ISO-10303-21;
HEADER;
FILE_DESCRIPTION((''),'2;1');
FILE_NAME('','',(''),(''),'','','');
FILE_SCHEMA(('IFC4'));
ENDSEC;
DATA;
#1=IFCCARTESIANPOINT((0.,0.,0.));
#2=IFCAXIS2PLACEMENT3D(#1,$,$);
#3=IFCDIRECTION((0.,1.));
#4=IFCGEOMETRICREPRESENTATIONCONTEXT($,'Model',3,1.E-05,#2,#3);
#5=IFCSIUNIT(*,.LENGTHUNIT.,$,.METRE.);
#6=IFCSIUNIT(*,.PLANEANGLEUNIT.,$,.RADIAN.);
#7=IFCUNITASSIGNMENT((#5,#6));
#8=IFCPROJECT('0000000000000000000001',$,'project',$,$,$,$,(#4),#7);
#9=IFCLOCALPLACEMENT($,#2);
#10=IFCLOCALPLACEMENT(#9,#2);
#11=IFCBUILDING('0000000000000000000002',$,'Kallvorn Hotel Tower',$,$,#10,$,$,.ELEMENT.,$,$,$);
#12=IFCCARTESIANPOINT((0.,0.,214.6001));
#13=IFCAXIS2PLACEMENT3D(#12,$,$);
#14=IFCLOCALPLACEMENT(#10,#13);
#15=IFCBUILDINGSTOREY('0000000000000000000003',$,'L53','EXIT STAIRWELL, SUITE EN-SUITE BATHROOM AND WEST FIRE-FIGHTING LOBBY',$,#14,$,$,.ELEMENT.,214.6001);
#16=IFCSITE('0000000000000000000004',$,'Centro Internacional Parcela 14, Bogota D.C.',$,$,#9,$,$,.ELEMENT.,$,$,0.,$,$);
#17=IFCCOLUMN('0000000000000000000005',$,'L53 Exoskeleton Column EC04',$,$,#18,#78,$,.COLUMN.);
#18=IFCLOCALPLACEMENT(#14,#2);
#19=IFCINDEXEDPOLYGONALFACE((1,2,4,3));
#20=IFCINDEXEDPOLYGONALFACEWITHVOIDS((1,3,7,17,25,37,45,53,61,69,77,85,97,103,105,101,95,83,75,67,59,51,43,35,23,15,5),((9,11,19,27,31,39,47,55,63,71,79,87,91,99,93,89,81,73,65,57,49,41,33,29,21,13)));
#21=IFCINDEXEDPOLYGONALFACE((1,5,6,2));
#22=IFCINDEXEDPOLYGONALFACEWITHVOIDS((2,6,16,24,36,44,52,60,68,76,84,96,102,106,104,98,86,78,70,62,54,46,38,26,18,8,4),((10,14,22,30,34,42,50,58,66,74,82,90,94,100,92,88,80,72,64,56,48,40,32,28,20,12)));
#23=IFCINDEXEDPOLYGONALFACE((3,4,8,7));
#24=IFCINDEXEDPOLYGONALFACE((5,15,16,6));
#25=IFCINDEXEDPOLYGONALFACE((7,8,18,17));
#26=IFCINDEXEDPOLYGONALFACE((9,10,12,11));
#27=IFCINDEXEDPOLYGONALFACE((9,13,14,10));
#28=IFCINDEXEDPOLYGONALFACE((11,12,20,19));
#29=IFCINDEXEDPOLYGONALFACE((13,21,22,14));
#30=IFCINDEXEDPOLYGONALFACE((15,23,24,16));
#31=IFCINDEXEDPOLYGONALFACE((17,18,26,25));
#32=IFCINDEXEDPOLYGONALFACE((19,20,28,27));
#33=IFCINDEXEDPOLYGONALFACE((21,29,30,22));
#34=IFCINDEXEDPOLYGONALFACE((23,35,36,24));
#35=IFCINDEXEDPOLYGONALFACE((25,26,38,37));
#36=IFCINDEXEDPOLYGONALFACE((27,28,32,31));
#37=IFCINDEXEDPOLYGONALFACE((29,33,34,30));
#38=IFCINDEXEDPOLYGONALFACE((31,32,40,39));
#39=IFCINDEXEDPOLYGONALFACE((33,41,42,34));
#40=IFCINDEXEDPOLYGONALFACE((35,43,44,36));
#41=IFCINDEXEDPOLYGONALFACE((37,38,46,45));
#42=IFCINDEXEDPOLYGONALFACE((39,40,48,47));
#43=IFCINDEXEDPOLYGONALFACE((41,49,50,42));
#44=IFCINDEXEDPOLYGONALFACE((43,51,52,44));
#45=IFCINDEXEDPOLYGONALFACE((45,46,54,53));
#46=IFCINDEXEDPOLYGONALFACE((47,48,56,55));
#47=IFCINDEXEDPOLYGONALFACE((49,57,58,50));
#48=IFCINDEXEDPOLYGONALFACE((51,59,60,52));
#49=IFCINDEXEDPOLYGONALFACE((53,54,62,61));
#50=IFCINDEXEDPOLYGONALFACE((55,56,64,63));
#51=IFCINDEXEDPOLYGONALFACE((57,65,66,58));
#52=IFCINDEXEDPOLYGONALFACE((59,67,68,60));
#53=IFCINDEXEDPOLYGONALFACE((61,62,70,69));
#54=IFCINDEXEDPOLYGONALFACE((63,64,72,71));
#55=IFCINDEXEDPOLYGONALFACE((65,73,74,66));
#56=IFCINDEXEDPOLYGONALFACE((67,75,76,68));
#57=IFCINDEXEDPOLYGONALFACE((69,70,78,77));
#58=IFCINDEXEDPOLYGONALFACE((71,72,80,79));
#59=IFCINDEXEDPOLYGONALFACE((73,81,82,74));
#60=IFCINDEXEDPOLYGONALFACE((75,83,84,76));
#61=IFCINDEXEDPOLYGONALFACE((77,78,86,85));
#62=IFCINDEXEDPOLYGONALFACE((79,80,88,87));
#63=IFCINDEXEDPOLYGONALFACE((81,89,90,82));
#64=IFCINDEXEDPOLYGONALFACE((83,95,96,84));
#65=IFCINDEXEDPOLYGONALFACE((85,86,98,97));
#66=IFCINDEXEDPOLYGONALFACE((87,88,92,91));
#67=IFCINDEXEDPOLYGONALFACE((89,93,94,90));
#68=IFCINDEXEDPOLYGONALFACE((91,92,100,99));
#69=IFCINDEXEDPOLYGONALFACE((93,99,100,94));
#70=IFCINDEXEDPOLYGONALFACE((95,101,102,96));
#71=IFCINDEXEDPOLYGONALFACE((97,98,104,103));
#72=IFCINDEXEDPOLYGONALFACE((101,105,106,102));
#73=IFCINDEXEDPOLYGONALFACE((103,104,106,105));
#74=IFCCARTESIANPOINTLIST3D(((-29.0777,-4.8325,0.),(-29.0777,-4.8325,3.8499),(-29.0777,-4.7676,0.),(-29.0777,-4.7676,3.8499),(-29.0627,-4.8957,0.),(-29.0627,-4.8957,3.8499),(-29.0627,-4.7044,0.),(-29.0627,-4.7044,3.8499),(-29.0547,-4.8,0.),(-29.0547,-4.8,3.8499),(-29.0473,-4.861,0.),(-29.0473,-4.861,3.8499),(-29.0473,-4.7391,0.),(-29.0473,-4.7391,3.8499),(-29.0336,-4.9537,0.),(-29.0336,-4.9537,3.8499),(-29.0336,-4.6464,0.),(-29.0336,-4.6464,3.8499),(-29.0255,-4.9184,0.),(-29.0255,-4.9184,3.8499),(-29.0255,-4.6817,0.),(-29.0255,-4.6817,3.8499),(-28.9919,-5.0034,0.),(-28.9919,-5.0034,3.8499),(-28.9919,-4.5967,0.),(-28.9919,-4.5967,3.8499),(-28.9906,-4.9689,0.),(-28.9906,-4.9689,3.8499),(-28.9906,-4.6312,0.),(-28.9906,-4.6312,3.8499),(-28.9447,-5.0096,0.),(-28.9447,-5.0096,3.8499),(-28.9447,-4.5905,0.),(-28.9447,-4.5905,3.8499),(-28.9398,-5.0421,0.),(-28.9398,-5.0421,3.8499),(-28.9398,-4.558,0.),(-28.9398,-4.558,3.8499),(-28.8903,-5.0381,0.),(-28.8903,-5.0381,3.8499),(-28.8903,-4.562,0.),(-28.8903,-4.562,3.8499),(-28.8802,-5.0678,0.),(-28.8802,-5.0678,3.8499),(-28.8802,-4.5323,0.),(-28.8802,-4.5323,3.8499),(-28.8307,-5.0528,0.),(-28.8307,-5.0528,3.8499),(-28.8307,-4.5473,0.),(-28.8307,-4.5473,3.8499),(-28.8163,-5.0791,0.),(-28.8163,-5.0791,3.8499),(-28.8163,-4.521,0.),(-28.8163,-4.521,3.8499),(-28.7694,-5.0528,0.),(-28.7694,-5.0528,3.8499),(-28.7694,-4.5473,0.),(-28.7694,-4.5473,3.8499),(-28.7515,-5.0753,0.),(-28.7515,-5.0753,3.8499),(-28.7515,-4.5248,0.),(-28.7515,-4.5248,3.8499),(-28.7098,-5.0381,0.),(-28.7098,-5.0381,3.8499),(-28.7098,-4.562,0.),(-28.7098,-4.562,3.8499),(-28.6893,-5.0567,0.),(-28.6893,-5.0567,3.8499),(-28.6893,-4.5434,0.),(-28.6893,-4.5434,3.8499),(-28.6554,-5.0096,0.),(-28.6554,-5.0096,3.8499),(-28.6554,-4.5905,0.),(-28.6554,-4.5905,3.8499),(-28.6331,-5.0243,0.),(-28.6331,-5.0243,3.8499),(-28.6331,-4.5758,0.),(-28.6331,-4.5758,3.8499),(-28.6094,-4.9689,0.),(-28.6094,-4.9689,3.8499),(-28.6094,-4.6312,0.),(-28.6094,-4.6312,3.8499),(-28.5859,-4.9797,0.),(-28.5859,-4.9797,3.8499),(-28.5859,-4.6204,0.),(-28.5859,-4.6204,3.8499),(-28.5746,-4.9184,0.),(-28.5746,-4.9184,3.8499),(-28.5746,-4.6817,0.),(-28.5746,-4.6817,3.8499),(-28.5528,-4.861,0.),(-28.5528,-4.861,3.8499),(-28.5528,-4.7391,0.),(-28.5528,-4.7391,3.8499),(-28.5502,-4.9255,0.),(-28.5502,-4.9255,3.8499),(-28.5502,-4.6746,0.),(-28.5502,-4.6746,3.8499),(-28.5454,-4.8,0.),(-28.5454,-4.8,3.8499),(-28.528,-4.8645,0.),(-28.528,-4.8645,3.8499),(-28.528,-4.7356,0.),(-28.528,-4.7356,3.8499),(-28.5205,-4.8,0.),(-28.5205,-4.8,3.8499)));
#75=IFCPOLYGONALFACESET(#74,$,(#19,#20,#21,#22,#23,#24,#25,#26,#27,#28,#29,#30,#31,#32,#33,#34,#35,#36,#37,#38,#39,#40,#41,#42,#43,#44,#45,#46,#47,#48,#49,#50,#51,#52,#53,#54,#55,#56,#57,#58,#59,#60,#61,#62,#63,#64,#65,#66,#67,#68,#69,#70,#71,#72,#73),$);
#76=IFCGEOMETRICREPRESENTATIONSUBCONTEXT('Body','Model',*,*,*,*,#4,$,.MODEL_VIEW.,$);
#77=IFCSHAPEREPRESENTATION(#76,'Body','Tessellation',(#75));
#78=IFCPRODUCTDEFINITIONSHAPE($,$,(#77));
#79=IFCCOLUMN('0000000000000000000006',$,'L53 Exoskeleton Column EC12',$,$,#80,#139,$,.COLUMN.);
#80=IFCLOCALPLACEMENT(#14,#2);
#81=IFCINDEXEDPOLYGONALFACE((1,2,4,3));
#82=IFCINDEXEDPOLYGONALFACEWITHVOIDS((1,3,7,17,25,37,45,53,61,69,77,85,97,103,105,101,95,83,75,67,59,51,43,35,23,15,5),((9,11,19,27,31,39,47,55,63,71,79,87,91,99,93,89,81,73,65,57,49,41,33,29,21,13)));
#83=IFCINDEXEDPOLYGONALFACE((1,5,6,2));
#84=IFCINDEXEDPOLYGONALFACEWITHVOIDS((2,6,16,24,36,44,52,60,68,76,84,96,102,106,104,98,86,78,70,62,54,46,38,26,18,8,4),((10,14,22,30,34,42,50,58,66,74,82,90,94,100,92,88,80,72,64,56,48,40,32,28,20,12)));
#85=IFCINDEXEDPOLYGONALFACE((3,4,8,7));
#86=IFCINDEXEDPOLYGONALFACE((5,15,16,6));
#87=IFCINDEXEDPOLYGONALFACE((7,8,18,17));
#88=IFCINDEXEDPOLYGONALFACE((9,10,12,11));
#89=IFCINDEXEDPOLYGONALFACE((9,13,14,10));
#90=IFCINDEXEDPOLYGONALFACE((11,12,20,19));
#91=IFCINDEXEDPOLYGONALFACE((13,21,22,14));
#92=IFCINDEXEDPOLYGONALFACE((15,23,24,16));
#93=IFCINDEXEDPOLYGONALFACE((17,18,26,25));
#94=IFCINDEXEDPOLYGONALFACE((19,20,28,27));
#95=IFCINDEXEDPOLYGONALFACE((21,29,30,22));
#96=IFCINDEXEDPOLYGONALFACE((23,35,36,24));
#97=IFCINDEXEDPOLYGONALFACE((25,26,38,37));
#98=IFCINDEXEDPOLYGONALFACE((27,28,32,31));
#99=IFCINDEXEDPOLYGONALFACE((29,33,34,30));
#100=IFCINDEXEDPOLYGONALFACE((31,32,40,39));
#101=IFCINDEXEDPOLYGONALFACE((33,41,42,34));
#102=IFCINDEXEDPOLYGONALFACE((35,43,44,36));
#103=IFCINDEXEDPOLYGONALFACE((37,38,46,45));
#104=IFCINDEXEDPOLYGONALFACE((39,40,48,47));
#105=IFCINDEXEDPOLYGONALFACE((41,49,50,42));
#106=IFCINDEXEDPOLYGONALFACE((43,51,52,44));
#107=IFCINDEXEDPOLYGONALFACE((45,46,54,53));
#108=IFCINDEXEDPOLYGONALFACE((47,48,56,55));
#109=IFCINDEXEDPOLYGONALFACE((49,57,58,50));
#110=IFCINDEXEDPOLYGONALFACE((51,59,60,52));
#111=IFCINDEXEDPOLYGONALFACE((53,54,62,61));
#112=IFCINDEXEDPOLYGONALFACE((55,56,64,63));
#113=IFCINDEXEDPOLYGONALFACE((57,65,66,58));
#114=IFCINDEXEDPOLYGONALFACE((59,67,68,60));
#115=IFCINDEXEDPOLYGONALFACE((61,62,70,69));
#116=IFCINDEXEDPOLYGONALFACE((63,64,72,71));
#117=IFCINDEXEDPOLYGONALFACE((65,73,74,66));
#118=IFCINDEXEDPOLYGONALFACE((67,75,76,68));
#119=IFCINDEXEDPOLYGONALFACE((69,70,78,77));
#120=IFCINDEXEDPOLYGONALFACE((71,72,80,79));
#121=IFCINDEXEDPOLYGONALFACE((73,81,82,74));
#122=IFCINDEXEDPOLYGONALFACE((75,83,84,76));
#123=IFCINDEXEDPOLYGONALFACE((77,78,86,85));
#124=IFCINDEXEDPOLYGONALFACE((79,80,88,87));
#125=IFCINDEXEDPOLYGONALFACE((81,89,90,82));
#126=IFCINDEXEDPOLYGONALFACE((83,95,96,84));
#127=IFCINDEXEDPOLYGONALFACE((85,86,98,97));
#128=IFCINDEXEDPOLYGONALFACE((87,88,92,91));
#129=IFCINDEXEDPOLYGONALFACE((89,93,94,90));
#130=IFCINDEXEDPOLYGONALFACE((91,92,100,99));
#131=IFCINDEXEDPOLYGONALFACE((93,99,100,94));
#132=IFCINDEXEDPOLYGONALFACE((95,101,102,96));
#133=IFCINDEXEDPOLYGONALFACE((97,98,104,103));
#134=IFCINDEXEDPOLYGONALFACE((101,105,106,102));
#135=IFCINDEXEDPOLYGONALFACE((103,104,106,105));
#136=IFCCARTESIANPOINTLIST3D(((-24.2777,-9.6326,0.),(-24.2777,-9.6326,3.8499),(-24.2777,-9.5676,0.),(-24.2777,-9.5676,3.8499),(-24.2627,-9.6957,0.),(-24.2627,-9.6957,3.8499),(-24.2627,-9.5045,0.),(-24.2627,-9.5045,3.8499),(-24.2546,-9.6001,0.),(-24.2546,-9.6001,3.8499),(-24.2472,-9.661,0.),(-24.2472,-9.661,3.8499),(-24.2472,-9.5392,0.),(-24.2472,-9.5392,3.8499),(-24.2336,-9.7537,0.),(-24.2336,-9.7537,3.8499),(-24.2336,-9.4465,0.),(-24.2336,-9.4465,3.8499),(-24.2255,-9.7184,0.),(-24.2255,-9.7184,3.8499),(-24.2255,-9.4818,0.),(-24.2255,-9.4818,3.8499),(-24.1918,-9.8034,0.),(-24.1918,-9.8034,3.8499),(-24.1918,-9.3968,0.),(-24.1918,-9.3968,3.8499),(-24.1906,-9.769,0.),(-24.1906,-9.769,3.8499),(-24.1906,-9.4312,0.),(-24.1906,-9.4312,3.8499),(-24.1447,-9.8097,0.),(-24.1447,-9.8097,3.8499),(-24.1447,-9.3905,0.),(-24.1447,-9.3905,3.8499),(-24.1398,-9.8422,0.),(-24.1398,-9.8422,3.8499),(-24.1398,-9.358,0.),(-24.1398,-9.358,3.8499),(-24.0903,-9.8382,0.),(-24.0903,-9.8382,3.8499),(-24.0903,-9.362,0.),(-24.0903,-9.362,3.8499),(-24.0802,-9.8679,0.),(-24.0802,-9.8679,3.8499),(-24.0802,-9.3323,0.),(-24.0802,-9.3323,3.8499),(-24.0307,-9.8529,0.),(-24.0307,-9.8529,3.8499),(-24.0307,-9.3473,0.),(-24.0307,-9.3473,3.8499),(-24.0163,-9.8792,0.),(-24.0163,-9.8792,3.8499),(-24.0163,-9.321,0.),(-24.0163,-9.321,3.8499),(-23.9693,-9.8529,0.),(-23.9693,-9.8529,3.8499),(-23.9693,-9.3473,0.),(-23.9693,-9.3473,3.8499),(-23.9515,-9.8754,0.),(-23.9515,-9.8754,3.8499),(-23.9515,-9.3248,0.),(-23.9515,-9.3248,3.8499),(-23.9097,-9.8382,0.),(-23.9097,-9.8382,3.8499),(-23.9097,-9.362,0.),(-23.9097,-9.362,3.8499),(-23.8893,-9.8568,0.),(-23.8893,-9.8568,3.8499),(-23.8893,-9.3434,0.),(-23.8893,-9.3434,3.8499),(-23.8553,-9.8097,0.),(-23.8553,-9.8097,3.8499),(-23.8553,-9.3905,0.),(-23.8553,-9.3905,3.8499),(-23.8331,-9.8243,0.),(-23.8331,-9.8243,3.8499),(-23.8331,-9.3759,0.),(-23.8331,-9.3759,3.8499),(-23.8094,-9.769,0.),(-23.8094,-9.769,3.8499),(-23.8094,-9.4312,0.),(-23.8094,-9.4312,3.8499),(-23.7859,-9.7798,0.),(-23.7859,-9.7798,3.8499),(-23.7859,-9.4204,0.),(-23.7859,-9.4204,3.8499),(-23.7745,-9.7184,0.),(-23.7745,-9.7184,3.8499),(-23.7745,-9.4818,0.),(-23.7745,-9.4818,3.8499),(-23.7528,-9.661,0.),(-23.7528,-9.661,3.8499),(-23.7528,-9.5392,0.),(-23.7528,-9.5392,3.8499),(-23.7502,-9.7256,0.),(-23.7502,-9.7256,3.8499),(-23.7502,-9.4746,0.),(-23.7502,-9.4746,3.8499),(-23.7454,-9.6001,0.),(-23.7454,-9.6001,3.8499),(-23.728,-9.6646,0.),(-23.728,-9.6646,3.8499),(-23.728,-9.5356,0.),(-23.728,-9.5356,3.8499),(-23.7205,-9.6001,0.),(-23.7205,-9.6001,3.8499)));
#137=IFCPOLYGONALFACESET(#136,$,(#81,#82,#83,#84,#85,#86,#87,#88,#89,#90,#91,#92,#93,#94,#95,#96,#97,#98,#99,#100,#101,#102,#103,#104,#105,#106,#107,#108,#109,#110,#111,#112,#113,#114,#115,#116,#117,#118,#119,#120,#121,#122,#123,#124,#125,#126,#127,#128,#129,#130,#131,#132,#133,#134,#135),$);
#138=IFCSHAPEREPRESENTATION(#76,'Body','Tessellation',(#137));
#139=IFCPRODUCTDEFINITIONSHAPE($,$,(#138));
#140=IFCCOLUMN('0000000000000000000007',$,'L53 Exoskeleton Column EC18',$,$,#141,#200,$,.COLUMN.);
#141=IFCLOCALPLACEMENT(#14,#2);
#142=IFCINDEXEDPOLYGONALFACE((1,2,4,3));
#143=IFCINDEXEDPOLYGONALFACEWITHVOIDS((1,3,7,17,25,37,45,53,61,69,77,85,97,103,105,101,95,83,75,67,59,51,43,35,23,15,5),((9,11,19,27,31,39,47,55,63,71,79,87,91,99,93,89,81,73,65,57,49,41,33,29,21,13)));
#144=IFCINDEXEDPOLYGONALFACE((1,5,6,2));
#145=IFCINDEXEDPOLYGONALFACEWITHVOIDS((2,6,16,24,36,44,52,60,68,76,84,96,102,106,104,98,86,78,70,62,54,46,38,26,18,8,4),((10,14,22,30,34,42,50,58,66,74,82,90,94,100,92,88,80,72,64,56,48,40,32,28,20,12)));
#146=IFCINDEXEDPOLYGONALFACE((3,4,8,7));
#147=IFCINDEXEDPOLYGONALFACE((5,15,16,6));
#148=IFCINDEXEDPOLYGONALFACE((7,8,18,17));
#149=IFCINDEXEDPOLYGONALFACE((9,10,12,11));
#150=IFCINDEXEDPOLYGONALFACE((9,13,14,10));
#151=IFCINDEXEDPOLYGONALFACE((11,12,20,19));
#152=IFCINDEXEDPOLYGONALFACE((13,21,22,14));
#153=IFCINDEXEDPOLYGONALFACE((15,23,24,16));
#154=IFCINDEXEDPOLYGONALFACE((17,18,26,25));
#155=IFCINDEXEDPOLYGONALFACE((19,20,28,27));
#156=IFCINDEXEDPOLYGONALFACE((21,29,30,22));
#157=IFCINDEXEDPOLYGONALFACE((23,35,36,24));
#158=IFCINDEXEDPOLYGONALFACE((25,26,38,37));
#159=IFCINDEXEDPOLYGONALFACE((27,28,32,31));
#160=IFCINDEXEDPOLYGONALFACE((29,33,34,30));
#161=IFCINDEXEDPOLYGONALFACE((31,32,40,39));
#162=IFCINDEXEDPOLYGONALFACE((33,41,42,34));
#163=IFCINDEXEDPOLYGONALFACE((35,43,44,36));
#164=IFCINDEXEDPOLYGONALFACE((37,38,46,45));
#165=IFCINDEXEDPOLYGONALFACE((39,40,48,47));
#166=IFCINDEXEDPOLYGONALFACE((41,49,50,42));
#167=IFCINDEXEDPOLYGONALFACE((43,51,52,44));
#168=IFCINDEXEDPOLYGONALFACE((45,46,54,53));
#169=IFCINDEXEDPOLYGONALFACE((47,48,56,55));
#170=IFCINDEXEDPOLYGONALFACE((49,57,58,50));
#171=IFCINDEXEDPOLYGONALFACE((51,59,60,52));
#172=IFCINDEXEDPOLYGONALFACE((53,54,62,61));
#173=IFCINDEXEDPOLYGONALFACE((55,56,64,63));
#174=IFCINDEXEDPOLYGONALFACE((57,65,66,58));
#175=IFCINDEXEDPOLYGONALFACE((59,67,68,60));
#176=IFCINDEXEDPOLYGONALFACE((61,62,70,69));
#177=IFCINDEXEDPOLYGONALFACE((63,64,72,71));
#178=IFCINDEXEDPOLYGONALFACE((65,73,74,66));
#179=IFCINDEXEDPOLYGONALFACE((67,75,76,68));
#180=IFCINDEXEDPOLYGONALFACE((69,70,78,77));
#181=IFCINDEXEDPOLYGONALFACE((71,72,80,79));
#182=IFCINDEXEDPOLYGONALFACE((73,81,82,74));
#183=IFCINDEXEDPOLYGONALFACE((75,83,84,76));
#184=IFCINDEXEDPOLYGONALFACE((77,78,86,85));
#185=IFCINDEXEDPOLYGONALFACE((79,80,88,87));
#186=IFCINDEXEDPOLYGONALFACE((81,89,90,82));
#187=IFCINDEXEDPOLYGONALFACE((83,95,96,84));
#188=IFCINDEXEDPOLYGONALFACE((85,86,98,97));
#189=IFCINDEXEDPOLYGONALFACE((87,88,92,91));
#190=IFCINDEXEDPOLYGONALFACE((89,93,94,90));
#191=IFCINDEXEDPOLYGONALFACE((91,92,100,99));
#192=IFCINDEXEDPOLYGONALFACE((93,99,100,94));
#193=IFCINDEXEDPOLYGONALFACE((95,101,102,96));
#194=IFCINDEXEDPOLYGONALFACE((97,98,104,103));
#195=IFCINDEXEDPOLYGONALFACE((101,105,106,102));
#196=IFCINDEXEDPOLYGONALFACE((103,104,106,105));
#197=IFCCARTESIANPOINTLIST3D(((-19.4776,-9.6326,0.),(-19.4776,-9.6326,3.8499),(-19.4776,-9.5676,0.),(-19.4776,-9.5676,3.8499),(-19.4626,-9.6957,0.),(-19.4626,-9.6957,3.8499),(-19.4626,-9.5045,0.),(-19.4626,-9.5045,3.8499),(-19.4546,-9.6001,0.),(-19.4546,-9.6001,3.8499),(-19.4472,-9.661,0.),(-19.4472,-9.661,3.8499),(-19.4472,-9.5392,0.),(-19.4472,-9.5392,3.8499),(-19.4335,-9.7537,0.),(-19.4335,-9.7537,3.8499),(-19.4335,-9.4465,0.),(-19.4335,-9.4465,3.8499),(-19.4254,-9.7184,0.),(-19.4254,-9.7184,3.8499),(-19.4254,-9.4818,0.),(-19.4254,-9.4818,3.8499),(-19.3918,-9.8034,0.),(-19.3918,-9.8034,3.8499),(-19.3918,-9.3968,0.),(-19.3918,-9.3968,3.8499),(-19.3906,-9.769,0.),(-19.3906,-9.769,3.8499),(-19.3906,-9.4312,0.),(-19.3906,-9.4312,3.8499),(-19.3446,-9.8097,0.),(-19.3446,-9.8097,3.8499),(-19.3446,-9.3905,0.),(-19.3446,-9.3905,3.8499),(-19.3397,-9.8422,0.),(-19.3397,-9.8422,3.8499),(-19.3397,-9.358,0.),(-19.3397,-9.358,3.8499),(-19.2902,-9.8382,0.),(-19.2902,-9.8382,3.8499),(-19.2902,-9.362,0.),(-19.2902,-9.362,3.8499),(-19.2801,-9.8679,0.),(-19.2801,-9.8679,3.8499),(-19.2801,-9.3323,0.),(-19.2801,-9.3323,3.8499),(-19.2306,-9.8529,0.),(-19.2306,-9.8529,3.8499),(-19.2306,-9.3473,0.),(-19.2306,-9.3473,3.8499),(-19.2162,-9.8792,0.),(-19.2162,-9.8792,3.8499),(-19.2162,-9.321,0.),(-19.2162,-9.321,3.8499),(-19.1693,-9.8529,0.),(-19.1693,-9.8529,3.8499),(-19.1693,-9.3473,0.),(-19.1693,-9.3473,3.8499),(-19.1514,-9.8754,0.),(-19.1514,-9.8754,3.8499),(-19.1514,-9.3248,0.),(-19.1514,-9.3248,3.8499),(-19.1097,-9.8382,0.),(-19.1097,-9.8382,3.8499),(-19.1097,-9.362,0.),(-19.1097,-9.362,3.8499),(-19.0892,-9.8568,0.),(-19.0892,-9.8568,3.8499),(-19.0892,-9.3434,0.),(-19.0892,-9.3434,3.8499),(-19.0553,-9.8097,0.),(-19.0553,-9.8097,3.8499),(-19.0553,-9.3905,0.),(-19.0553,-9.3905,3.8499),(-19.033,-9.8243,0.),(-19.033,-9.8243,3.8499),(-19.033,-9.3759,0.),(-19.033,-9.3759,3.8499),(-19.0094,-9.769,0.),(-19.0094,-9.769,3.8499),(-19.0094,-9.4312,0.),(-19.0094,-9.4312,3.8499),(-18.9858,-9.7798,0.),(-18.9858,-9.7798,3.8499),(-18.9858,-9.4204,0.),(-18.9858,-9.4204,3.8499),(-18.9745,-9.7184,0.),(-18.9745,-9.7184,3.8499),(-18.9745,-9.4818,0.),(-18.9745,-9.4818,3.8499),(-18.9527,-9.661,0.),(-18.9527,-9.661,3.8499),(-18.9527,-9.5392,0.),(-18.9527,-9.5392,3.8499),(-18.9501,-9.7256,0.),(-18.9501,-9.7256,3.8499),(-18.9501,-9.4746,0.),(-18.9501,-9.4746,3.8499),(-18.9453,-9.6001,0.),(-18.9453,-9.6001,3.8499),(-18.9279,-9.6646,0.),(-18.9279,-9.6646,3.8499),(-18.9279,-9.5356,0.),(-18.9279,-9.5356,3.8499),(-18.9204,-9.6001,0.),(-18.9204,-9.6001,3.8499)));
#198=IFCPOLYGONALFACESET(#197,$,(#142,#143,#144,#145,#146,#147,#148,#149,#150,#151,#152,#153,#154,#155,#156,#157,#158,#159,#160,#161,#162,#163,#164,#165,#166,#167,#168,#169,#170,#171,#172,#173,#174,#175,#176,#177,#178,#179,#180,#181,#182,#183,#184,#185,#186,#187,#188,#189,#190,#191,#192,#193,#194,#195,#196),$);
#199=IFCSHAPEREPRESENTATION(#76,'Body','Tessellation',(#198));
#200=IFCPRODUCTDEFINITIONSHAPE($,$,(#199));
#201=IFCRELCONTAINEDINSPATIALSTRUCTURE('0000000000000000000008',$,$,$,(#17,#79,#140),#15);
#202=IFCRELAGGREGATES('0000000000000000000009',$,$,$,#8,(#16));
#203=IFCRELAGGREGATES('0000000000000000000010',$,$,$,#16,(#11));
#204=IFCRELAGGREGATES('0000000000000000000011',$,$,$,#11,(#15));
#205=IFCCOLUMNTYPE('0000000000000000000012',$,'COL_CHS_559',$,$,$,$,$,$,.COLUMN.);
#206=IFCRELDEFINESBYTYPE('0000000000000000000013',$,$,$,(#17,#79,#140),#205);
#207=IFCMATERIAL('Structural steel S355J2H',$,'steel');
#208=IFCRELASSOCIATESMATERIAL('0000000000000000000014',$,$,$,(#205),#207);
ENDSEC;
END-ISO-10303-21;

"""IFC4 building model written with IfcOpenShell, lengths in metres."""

from ifc_helpers import new_model, si_unit, direction, frame, origin, origin_2d, place, context, subcontext, project, spatial, hollow_circle, extrude, material, material_profile, profile_set, type_object, element, save


model = new_model("IFC4")

# Units and contexts
model_context = context("Model", 3, precision=1e-05, world=origin(), true_north=direction((0.0, 1.0)))
body_context = subcontext(model_context, "Body", "Model", "MODEL_VIEW")
ifc_project = project(units=[si_unit("LENGTHUNIT", "METRE"), si_unit("PLANEANGLEUNIT", "RADIAN")], contexts=[model_context])

# Site, building, storey
site_placement = place(None, origin())
site = spatial("IfcSite", under=ifc_project, at=site_placement, Name="Centro Internacional Parcela 14, Bogota D.C.", CompositionType="ELEMENT", RefElevation=0.0)
building_placement = place(site_placement, origin())
building = spatial("IfcBuilding", under=site, at=building_placement, Name="Kallvorn Hotel Tower", CompositionType="ELEMENT")
storey_placement = place(building_placement, frame((0.0, 0.0, 214.6001)))
storey = spatial("IfcBuildingStorey", under=building, at=storey_placement, Name="L53", Description="EXIT STAIRWELL, SUITE EN-SUITE BATHROOM AND WEST FIRE-FIGHTING LOBBY", CompositionType="ELEMENT", Elevation=214.6001)

# Columns
ifc_material_1 = material(Name="Structural steel S355J2H", Category="steel")
ifc_material_profile_1 = material_profile(ifc_material_1, hollow_circle(Radius=0.2795, WallThickness=0.0249, at=origin_2d()), Name="CHS 559x25")
ifc_profile_set_1 = profile_set([ifc_material_profile_1], Name="Structural steel S355J2H")
column_type_1 = type_object("IfcColumnType", Name="COL_CHS_559", PredefinedType="COLUMN", material=ifc_profile_set_1)
for number, where, z_axis, x_axis, name in (
    (1, (-28.8, -4.8, 0.0), (0.0, 0.0, 1.0), (1.0, 0.0, 0.0), "L53 Exoskeleton Column EC04"),
    (2, (-24.0, -9.6001, 0.0), (0.0, 0.0, 1.0), (1.0, 0.0, 0.0), "L53 Exoskeleton Column EC12"),
    (3, (-19.2, -9.6001, 0.0), (0.0, 0.0, 1.0), (1.0, 0.0, 0.0), "L53 Exoskeleton Column EC18"),
):
    element("IfcColumn", number, at=place(storey_placement, frame(where, z_axis=z_axis, x_axis=x_axis)), inside=storey, type_object=column_type_1, Name=name, PredefinedType="COLUMN", context=body_context, shape_type="SweptSolid", body=[
        extrude(hollow_circle(Radius=0.2795, WallThickness=0.0249, at=origin_2d()), origin(), (0.0, 0.0, 1.0), 3.8499),
    ])

save(model, "model.ifc")
